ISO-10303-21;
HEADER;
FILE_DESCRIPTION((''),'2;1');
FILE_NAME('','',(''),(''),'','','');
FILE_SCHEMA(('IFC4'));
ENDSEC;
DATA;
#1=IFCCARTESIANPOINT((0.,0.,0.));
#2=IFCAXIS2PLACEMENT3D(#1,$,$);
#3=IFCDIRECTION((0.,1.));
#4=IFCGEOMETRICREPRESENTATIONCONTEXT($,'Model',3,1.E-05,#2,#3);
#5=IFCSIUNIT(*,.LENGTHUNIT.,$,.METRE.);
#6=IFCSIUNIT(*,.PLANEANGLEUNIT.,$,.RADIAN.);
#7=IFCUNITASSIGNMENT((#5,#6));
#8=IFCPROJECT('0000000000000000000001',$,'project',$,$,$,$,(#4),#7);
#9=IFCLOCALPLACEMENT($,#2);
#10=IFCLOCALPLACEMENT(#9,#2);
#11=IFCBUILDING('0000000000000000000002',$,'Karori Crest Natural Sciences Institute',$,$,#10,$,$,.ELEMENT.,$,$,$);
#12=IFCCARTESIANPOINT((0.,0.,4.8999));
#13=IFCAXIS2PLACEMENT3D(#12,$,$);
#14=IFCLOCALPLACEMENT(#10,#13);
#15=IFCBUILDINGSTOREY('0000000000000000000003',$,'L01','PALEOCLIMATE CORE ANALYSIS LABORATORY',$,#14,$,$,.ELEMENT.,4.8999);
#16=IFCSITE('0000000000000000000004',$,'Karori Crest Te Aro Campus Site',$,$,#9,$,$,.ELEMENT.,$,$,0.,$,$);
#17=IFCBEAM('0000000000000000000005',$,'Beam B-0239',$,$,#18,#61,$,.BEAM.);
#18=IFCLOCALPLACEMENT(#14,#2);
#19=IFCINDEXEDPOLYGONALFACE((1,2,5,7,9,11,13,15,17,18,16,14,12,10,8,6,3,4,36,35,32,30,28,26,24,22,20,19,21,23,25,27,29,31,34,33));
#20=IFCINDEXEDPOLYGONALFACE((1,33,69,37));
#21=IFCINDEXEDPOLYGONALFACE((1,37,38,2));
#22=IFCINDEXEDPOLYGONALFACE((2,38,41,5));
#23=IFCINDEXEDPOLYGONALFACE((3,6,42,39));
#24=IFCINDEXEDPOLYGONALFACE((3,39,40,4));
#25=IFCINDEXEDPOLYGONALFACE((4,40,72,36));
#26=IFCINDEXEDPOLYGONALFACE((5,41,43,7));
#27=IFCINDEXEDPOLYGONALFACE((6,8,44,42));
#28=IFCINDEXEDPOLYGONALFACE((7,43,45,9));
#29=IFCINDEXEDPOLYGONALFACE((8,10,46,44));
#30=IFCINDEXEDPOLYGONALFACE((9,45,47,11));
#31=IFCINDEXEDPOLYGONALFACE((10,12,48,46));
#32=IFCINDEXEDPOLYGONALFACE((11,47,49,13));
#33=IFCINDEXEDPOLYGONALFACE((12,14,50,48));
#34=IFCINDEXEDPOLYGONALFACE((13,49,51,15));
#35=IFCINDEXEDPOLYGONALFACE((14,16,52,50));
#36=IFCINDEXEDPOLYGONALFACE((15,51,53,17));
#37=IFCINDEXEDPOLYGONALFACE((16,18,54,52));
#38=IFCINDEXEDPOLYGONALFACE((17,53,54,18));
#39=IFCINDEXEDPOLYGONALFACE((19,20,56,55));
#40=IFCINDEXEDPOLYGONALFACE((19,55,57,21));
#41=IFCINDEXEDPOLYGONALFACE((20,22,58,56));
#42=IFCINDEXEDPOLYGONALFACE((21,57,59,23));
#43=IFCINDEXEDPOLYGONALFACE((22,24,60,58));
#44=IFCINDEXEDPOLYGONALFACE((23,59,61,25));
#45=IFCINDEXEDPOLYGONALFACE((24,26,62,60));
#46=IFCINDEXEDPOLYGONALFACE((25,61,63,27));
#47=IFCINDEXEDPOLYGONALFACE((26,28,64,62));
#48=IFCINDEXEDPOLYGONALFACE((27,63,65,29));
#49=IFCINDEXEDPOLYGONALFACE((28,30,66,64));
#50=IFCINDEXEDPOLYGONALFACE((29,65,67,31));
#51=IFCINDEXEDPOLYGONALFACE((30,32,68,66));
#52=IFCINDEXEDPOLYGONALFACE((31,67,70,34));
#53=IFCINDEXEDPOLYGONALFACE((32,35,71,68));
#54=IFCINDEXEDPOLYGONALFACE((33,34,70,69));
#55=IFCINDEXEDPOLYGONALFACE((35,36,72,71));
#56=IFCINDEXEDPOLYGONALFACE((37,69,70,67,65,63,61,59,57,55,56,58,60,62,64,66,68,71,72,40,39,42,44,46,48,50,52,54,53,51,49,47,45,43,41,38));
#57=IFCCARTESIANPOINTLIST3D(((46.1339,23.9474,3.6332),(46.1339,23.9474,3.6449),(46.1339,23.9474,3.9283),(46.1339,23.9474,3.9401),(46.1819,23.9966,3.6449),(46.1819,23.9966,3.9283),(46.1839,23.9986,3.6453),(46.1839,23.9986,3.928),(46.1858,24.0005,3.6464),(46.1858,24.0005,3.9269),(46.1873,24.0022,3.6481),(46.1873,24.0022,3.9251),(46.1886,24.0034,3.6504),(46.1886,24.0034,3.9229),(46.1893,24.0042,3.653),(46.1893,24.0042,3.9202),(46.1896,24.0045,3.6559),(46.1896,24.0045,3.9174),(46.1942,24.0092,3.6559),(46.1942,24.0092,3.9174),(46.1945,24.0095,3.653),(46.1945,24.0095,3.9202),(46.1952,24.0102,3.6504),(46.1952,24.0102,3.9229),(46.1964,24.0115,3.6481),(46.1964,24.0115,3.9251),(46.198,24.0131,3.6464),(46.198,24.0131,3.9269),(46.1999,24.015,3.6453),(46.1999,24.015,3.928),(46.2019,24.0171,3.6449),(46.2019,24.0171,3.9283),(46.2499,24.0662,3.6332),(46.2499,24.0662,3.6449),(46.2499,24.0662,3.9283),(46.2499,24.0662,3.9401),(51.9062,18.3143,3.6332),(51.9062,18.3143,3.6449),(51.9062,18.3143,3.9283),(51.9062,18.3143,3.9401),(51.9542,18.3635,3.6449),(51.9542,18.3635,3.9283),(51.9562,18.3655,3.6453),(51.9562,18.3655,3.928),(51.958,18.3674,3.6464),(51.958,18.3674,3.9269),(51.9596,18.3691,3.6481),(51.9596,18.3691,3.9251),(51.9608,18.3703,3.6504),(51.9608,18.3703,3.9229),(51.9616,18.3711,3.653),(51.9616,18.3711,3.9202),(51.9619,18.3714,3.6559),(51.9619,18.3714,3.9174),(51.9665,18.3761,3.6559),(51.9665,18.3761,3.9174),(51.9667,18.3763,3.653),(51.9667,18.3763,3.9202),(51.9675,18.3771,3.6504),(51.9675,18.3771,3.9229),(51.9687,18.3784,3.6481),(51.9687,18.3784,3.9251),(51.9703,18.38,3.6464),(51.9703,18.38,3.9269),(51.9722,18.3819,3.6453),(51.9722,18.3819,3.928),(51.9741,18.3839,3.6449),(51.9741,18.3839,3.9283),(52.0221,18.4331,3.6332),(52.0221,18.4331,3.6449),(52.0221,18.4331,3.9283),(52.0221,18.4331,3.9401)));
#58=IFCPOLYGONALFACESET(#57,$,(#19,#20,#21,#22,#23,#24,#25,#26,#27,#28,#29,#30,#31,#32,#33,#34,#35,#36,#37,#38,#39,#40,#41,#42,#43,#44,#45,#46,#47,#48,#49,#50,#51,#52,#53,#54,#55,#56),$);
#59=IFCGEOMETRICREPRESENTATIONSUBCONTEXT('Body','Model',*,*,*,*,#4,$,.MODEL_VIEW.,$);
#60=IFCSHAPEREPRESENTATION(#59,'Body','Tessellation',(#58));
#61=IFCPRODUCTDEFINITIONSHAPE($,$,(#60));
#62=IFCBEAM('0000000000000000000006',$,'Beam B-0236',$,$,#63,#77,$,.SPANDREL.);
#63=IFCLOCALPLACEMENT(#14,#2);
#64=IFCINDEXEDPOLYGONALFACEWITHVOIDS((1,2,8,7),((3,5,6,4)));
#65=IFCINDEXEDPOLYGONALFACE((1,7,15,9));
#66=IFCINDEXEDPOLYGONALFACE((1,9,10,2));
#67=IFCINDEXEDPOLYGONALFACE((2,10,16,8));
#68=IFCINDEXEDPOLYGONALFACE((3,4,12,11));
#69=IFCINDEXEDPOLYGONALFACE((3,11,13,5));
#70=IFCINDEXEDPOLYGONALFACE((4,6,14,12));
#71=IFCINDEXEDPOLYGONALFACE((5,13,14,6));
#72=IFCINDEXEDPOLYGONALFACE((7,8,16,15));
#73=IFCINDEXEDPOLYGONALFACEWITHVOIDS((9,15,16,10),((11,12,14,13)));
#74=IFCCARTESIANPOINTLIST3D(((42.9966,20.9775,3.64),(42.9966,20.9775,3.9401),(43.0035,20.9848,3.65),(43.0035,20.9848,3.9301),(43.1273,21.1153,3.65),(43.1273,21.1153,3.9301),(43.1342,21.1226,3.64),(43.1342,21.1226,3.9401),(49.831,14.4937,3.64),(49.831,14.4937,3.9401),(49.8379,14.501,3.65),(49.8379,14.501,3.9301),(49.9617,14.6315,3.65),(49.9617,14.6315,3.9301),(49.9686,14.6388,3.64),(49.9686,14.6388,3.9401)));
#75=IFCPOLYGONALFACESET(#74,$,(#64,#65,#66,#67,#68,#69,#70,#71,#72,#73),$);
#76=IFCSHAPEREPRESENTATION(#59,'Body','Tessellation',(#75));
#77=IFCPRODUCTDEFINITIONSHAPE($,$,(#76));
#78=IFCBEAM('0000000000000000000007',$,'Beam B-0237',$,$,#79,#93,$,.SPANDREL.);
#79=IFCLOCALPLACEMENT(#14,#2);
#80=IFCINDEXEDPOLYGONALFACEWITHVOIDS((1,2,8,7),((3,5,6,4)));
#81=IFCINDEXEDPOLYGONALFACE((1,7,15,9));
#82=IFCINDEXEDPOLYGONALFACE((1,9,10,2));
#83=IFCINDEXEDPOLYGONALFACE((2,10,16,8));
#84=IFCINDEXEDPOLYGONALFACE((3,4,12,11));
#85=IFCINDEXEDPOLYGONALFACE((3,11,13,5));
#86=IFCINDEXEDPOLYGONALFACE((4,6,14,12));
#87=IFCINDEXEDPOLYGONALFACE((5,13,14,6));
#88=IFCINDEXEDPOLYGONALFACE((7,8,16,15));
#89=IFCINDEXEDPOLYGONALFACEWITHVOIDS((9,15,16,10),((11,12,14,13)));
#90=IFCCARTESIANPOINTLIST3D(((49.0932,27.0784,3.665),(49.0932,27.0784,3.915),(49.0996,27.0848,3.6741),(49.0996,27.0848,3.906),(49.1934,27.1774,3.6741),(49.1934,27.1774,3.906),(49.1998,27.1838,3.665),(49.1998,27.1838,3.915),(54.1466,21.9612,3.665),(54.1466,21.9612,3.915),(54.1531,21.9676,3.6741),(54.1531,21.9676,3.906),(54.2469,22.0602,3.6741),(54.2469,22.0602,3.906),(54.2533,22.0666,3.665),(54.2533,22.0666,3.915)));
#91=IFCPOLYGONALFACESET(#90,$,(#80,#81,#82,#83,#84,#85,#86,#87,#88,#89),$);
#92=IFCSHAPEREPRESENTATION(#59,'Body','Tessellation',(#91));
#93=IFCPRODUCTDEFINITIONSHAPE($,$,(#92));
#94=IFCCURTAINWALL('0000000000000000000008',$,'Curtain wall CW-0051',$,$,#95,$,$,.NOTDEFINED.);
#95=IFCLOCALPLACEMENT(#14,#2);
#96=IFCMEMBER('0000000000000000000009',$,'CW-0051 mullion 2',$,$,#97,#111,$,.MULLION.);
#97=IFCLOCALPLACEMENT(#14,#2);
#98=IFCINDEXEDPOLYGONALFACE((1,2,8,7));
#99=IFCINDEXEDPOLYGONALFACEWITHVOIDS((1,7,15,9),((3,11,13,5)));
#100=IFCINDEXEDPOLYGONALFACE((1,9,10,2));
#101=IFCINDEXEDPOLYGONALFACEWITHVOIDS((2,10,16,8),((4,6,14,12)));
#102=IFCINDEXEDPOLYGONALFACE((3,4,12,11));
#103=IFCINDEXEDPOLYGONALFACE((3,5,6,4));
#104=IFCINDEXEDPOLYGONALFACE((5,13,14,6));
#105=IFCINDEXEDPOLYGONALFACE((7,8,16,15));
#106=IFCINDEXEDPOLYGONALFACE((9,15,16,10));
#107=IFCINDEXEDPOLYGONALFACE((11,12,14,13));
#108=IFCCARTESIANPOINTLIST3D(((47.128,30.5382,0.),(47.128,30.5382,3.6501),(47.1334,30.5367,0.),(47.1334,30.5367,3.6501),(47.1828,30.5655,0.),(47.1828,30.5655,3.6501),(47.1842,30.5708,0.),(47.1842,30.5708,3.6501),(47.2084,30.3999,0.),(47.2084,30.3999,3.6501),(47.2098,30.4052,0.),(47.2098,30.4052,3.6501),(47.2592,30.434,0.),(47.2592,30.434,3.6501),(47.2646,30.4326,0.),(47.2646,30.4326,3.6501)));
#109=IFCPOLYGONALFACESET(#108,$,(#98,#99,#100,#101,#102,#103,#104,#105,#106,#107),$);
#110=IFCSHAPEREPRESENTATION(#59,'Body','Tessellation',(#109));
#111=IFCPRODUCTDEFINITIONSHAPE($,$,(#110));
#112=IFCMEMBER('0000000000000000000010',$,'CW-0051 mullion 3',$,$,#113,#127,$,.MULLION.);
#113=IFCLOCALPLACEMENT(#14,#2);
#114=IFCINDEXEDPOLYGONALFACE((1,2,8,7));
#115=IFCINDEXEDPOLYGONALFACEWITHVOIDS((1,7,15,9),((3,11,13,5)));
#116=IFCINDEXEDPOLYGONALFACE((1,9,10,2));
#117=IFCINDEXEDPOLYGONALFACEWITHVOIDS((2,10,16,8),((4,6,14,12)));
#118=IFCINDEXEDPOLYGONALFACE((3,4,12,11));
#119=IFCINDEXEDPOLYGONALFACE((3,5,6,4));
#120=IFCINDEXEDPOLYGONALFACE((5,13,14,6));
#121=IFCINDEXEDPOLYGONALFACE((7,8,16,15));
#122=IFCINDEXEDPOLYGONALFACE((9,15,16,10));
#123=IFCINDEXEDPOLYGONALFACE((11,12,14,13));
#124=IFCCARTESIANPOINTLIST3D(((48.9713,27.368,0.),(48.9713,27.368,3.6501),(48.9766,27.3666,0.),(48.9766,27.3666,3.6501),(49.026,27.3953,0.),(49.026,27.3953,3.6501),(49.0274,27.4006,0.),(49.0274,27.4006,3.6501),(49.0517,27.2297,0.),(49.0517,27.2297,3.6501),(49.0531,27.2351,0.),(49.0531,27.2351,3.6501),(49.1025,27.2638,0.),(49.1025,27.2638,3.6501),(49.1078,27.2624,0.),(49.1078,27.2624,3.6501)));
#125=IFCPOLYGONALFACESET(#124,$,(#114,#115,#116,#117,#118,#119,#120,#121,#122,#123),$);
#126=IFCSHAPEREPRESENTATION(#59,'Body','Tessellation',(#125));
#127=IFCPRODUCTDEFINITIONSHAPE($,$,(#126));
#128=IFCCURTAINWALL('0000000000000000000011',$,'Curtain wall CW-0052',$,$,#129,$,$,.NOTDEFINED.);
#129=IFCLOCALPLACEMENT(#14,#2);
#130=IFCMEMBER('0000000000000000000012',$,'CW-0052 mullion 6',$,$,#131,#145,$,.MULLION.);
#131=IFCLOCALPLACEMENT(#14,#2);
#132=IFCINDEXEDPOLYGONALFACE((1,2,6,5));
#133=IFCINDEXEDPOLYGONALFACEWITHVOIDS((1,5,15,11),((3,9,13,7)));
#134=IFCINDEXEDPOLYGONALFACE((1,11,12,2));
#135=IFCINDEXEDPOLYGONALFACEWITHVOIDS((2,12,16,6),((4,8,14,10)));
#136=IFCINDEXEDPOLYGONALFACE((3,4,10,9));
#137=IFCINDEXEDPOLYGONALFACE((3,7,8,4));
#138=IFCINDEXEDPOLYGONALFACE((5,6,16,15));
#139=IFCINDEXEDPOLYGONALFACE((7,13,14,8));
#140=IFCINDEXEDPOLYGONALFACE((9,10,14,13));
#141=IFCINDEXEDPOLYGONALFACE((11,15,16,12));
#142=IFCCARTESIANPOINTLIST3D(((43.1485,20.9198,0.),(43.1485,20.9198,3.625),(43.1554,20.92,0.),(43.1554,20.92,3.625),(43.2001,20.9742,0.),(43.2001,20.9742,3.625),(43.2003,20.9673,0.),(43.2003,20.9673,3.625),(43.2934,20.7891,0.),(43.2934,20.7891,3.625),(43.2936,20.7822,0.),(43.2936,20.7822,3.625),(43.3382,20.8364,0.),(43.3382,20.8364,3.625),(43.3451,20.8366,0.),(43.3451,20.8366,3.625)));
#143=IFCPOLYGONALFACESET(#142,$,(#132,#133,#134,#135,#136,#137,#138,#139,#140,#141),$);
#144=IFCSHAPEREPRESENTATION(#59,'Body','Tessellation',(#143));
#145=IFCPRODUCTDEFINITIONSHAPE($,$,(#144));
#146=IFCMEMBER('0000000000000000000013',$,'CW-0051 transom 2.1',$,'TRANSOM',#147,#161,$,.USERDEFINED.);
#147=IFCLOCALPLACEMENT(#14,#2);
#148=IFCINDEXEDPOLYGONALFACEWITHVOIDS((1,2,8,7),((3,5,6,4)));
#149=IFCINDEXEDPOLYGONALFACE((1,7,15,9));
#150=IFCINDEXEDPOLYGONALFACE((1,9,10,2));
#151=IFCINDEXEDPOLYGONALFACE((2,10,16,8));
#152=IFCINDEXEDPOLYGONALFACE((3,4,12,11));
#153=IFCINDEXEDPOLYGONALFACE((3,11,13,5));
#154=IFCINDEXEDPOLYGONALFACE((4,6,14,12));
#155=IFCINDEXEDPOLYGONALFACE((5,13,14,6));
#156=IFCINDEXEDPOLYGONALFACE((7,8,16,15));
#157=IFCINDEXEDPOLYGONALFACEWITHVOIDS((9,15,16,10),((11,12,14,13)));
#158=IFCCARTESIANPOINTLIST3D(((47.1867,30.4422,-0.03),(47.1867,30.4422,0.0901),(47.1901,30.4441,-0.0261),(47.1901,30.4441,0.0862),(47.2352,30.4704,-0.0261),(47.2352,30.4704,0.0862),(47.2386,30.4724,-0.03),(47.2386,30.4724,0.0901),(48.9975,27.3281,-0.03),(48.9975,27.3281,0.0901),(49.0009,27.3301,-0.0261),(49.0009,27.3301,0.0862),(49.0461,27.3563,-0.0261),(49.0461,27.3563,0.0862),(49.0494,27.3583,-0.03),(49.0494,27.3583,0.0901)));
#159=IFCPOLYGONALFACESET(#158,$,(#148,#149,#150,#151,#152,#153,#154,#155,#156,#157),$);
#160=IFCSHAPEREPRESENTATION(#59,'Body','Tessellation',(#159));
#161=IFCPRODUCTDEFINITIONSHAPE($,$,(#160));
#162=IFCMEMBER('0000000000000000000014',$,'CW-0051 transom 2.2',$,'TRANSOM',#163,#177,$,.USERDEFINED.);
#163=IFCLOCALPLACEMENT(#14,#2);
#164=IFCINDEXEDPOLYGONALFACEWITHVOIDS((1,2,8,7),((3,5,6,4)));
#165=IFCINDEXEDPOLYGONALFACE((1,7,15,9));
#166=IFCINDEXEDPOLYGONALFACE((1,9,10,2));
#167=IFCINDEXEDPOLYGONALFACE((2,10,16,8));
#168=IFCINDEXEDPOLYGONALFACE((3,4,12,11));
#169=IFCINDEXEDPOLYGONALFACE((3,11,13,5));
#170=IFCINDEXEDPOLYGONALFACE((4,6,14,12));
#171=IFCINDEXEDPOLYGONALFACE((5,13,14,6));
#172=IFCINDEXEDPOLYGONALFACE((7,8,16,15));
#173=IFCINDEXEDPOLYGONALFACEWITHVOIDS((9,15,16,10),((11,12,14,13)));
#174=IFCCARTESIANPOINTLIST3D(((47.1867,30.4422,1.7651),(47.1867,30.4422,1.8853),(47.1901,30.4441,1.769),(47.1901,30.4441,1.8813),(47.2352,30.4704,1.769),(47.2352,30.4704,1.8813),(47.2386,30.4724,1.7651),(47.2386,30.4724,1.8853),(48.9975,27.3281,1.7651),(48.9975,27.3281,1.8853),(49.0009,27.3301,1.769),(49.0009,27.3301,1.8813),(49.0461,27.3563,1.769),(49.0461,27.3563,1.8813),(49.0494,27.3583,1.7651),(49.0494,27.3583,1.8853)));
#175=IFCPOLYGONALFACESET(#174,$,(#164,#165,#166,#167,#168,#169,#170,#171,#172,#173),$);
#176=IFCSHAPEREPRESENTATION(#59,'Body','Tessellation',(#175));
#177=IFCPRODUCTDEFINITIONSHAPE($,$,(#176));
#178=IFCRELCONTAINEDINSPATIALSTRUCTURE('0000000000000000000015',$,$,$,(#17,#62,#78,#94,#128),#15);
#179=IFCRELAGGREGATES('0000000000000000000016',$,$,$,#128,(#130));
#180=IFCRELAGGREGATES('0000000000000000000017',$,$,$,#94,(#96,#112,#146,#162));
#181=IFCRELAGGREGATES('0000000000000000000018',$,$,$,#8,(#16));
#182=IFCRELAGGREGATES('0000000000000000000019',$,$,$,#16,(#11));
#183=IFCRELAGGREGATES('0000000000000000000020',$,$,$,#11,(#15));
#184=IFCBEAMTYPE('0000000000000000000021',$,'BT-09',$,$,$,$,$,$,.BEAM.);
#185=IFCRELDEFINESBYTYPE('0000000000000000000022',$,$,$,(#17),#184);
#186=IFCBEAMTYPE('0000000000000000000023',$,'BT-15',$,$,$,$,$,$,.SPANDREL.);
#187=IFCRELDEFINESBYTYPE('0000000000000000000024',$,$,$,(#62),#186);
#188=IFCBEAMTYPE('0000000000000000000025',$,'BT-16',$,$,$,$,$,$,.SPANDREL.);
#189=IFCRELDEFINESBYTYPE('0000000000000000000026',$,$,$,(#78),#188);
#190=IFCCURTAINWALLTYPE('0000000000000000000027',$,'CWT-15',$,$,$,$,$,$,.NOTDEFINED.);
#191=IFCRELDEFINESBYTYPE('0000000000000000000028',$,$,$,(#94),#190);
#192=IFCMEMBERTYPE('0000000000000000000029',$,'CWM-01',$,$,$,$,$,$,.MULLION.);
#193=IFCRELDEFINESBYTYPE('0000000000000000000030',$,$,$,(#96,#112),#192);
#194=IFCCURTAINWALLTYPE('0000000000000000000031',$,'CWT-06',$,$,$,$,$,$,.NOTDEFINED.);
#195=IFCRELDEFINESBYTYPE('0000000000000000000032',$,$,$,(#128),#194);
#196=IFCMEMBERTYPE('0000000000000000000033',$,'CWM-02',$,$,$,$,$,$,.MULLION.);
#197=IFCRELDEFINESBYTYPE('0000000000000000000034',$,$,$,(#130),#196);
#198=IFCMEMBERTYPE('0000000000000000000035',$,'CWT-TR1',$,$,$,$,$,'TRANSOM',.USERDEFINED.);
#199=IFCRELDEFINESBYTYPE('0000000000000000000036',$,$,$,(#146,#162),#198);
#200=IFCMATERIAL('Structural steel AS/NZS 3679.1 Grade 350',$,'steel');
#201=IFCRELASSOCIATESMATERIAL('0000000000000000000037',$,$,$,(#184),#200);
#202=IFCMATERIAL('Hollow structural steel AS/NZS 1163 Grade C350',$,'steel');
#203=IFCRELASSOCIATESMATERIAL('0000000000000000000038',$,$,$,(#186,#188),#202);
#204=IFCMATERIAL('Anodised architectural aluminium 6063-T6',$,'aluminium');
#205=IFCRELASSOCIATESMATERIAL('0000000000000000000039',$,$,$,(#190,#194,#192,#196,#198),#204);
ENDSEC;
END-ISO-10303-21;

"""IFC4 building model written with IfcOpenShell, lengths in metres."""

from ifc_helpers import new_model, si_unit, direction, frame, origin, origin_2d, place, context, subcontext, project, spatial, hollow_rectangle, i_section, extrude, material, material_profile, profile_set, type_object, element, aggregate, save


model = new_model("IFC4")

# Units and contexts
model_context = context("Model", 3, precision=1e-05, world=origin(), true_north=direction((0.0, 1.0)))
body_context = subcontext(model_context, "Body", "Model", "MODEL_VIEW")
ifc_project = project(units=[si_unit("LENGTHUNIT", "METRE"), si_unit("PLANEANGLEUNIT", "RADIAN")], contexts=[model_context])

# Site, building, storey
site_placement = place(None, origin())
site = spatial("IfcSite", under=ifc_project, at=site_placement, Name="Karori Crest Te Aro Campus Site", CompositionType="ELEMENT", RefElevation=0.0)
building_placement = place(site_placement, origin())
building = spatial("IfcBuilding", under=site, at=building_placement, Name="Karori Crest Natural Sciences Institute", CompositionType="ELEMENT")
storey_placement = place(building_placement, frame((0.0, 0.0, 4.8999)))
storey = spatial("IfcBuildingStorey", under=building, at=storey_placement, Name="L01", Description="PALEOCLIMATE CORE ANALYSIS LABORATORY", CompositionType="ELEMENT", Elevation=4.8999)

# Shared definitions
ifc_material_1 = material(Name="Structural steel AS/NZS 3679.1 Grade 350", Category="steel")

# Beams
ifc_material_profile_1 = material_profile(ifc_material_1, i_section(OverallWidth=0.166, OverallDepth=0.3069, WebThickness=0.0066, FlangeThickness=0.0117, FilletRadius=0.011, at=origin_2d()), Name="310UB46.2")
ifc_profile_set_1 = profile_set([ifc_material_profile_1], Name="Structural steel AS/NZS 3679.1 Grade 350")
beam_type_1 = type_object("IfcBeamType", Name="BT-09", PredefinedType="BEAM", material=ifc_profile_set_1)
beam_1_placement = place(storey_placement, frame((46.1919, 24.0068, 3.7866), z_axis=(0.715681, -0.698427, 0.0), x_axis=(0.698427, 0.715681, 0.0)))
element("IfcBeam", 1, at=beam_1_placement, inside=storey, type_object=beam_type_1, Name="Beam B-0239", PredefinedType="BEAM", context=body_context, shape_type="SweptSolid", body=[
    extrude(i_section(OverallWidth=0.166, OverallDepth=0.3069, WebThickness=0.0066, FlangeThickness=0.0117, FilletRadius=0.011, at=origin_2d()), origin(), (0.0, 0.0, 1.0), 8.0654),
])
ifc_material_2 = material(Name="Hollow structural steel AS/NZS 1163 Grade C350", Category="steel")
ifc_material_profile_2 = material_profile(ifc_material_2, hollow_rectangle(XDim=0.2, YDim=0.3, WallThickness=0.01, at=origin_2d()), Name="RHS300x200x10")
ifc_profile_set_2 = profile_set([ifc_material_profile_2], Name="Hollow structural steel AS/NZS 1163 Grade C350")
beam_type_2 = type_object("IfcBeamType", Name="BT-15", PredefinedType="SPANDREL", material=ifc_profile_set_2)
beam_2_placement = place(storey_placement, frame((43.0654, 21.05, 3.79), z_axis=(0.725469, -0.688255, 0.0), x_axis=(0.688255, 0.725469, 0.0)))
element("IfcBeam", 2, at=beam_2_placement, inside=storey, type_object=beam_type_2, Name="Beam B-0236", PredefinedType="SPANDREL", context=body_context, shape_type="SweptSolid", body=[
    extrude(hollow_rectangle(XDim=0.2, YDim=0.3, WallThickness=0.01, at=origin_2d()), origin(), (0.0, 0.0, 1.0), 9.4207),
])
ifc_material_profile_3 = material_profile(ifc_material_2, hollow_rectangle(XDim=0.1499, YDim=0.25, WallThickness=0.009, at=origin_2d()), Name="RHS250x150x9")
ifc_profile_set_3 = profile_set([ifc_material_profile_3], Name="Hollow structural steel AS/NZS 1163 Grade C350")
beam_type_3 = type_object("IfcBeamType", Name="BT-16", PredefinedType="SPANDREL", material=ifc_profile_set_3)
beam_3_placement = place(storey_placement, frame((49.1465, 27.1311, 3.79), z_axis=(0.702663, -0.711523, 0.0), x_axis=(0.711523, 0.702663, 0.0)))
element("IfcBeam", 3, at=beam_3_placement, inside=storey, type_object=beam_type_3, Name="Beam B-0237", PredefinedType="SPANDREL", context=body_context, shape_type="SweptSolid", body=[
    extrude(hollow_rectangle(XDim=0.1499, YDim=0.25, WallThickness=0.009, at=origin_2d()), origin(), (0.0, 0.0, 1.0), 7.1919),
])

# Curtain wall, members
ifc_material_3 = material(Name="Anodised architectural aluminium 6063-T6", Category="aluminium")
curtain_wall_type_1 = type_object("IfcCurtainWallType", Name="CWT-15", PredefinedType="NOTDEFINED", material=ifc_material_3)
curtain_wall_1_placement = place(storey_placement, origin())
curtain_wall_1 = element("IfcCurtainWall", 4, at=curtain_wall_1_placement, inside=storey, type_object=curtain_wall_type_1, Name="Curtain wall CW-0051", PredefinedType="NOTDEFINED")
ifc_material_profile_4 = material_profile(ifc_material_3, hollow_rectangle(XDim=0.0649, YDim=0.1599, WallThickness=0.0039, at=origin_2d()), Name="CWM160x65x4")
ifc_profile_set_4 = profile_set([ifc_material_profile_4], Name="Anodised architectural aluminium 6063-T6")
member_type_1 = type_object("IfcMemberType", Name="CWM-01", PredefinedType="MULLION", material=ifc_profile_set_4)
member_1_placement = place(storey_placement, frame((47.1963, 30.4854, 0.0), z_axis=(0.0, 0.0, 1.0), x_axis=(0.864484, 0.50266, 0.0)))
member_1 = element("IfcMember", 5, at=member_1_placement, type_object=member_type_1, Name="CW-0051 mullion 2", PredefinedType="MULLION", context=body_context, shape_type="SweptSolid", body=[
    extrude(hollow_rectangle(XDim=0.0649, YDim=0.1599, WallThickness=0.0039, at=origin_2d()), origin(), (0.0, 0.0, 1.0), 3.6501),
])
member_2_placement = place(storey_placement, frame((49.0396, 27.3152, 0.0), z_axis=(0.0, 0.0, 1.0), x_axis=(0.864484, 0.50266, 0.0)))
member_2 = element("IfcMember", 6, at=member_2_placement, type_object=member_type_1, Name="CW-0051 mullion 3", PredefinedType="MULLION", context=body_context, shape_type="SweptSolid", body=[
    extrude(hollow_rectangle(XDim=0.0649, YDim=0.1599, WallThickness=0.0039, at=origin_2d()), origin(), (0.0, 0.0, 1.0), 3.6501),
])

# Curtain wall, member
curtain_wall_type_2 = type_object("IfcCurtainWallType", Name="CWT-06", PredefinedType="NOTDEFINED", material=ifc_material_3)
curtain_wall_2_placement = place(storey_placement, origin())
curtain_wall_2 = element("IfcCurtainWall", 7, at=curtain_wall_2_placement, inside=storey, type_object=curtain_wall_type_2, Name="Curtain wall CW-0052", PredefinedType="NOTDEFINED")
ifc_material_profile_5 = material_profile(ifc_material_3, hollow_rectangle(XDim=0.075, YDim=0.2, WallThickness=0.0049, at=origin_2d()), Name="CWM200x75x5")
ifc_profile_set_5 = profile_set([ifc_material_profile_5], Name="Anodised architectural aluminium 6063-T6")
member_type_2 = type_object("IfcMemberType", Name="CWM-02", PredefinedType="MULLION", material=ifc_profile_set_5)
member_3_placement = place(storey_placement, frame((43.2468, 20.8782, 0.0), z_axis=(0.0, 0.0, 1.0), x_axis=(-0.688246, -0.725477, 0.0)))
member_3 = element("IfcMember", 8, at=member_3_placement, type_object=member_type_2, Name="CW-0052 mullion 6", PredefinedType="MULLION", context=body_context, shape_type="SweptSolid", body=[
    extrude(hollow_rectangle(XDim=0.075, YDim=0.2, WallThickness=0.0049, at=origin_2d()), origin(), (0.0, 0.0, 1.0), 3.625),
])
aggregate(curtain_wall_2, [member_3])

# Members
ifc_material_profile_6 = material_profile(ifc_material_3, hollow_rectangle(XDim=0.0601, YDim=0.1201, WallThickness=0.0039, at=origin_2d()), Name="CWT120x60x4")
ifc_profile_set_6 = profile_set([ifc_material_profile_6], Name="Anodised architectural aluminium 6063-T6")
member_type_3 = type_object("IfcMemberType", Name="CWT-TR1", ElementType="TRANSOM", PredefinedType="USERDEFINED", material=ifc_profile_set_6)
member_4_placement = place(storey_placement, frame((47.2126, 30.4573, 0.03), z_axis=(0.502686, -0.864469, 0.0), x_axis=(0.864469, 0.502686, 0.0)))
member_4 = element("IfcMember", 9, at=member_4_placement, type_object=member_type_3, Name="CW-0051 transom 2.1", ObjectType="TRANSOM", PredefinedType="USERDEFINED", context=body_context, shape_type="SweptSolid", body=[
    extrude(hollow_rectangle(XDim=0.0601, YDim=0.1201, WallThickness=0.0039, at=origin_2d()), origin(), (0.0, 0.0, 1.0), 3.6023),
])
member_5_placement = place(storey_placement, frame((47.2126, 30.4573, 1.8252), z_axis=(0.502686, -0.864469, 0.0), x_axis=(0.864469, 0.502686, 0.0)))
member_5 = element("IfcMember", 10, at=member_5_placement, type_object=member_type_3, Name="CW-0051 transom 2.2", ObjectType="TRANSOM", PredefinedType="USERDEFINED", context=body_context, shape_type="SweptSolid", body=[
    extrude(hollow_rectangle(XDim=0.0601, YDim=0.1201, WallThickness=0.0039, at=origin_2d()), origin(), (0.0, 0.0, 1.0), 3.6023),
])

aggregate(curtain_wall_1, [member_1, member_2, member_4, member_5])

save(model, "model.ifc")
